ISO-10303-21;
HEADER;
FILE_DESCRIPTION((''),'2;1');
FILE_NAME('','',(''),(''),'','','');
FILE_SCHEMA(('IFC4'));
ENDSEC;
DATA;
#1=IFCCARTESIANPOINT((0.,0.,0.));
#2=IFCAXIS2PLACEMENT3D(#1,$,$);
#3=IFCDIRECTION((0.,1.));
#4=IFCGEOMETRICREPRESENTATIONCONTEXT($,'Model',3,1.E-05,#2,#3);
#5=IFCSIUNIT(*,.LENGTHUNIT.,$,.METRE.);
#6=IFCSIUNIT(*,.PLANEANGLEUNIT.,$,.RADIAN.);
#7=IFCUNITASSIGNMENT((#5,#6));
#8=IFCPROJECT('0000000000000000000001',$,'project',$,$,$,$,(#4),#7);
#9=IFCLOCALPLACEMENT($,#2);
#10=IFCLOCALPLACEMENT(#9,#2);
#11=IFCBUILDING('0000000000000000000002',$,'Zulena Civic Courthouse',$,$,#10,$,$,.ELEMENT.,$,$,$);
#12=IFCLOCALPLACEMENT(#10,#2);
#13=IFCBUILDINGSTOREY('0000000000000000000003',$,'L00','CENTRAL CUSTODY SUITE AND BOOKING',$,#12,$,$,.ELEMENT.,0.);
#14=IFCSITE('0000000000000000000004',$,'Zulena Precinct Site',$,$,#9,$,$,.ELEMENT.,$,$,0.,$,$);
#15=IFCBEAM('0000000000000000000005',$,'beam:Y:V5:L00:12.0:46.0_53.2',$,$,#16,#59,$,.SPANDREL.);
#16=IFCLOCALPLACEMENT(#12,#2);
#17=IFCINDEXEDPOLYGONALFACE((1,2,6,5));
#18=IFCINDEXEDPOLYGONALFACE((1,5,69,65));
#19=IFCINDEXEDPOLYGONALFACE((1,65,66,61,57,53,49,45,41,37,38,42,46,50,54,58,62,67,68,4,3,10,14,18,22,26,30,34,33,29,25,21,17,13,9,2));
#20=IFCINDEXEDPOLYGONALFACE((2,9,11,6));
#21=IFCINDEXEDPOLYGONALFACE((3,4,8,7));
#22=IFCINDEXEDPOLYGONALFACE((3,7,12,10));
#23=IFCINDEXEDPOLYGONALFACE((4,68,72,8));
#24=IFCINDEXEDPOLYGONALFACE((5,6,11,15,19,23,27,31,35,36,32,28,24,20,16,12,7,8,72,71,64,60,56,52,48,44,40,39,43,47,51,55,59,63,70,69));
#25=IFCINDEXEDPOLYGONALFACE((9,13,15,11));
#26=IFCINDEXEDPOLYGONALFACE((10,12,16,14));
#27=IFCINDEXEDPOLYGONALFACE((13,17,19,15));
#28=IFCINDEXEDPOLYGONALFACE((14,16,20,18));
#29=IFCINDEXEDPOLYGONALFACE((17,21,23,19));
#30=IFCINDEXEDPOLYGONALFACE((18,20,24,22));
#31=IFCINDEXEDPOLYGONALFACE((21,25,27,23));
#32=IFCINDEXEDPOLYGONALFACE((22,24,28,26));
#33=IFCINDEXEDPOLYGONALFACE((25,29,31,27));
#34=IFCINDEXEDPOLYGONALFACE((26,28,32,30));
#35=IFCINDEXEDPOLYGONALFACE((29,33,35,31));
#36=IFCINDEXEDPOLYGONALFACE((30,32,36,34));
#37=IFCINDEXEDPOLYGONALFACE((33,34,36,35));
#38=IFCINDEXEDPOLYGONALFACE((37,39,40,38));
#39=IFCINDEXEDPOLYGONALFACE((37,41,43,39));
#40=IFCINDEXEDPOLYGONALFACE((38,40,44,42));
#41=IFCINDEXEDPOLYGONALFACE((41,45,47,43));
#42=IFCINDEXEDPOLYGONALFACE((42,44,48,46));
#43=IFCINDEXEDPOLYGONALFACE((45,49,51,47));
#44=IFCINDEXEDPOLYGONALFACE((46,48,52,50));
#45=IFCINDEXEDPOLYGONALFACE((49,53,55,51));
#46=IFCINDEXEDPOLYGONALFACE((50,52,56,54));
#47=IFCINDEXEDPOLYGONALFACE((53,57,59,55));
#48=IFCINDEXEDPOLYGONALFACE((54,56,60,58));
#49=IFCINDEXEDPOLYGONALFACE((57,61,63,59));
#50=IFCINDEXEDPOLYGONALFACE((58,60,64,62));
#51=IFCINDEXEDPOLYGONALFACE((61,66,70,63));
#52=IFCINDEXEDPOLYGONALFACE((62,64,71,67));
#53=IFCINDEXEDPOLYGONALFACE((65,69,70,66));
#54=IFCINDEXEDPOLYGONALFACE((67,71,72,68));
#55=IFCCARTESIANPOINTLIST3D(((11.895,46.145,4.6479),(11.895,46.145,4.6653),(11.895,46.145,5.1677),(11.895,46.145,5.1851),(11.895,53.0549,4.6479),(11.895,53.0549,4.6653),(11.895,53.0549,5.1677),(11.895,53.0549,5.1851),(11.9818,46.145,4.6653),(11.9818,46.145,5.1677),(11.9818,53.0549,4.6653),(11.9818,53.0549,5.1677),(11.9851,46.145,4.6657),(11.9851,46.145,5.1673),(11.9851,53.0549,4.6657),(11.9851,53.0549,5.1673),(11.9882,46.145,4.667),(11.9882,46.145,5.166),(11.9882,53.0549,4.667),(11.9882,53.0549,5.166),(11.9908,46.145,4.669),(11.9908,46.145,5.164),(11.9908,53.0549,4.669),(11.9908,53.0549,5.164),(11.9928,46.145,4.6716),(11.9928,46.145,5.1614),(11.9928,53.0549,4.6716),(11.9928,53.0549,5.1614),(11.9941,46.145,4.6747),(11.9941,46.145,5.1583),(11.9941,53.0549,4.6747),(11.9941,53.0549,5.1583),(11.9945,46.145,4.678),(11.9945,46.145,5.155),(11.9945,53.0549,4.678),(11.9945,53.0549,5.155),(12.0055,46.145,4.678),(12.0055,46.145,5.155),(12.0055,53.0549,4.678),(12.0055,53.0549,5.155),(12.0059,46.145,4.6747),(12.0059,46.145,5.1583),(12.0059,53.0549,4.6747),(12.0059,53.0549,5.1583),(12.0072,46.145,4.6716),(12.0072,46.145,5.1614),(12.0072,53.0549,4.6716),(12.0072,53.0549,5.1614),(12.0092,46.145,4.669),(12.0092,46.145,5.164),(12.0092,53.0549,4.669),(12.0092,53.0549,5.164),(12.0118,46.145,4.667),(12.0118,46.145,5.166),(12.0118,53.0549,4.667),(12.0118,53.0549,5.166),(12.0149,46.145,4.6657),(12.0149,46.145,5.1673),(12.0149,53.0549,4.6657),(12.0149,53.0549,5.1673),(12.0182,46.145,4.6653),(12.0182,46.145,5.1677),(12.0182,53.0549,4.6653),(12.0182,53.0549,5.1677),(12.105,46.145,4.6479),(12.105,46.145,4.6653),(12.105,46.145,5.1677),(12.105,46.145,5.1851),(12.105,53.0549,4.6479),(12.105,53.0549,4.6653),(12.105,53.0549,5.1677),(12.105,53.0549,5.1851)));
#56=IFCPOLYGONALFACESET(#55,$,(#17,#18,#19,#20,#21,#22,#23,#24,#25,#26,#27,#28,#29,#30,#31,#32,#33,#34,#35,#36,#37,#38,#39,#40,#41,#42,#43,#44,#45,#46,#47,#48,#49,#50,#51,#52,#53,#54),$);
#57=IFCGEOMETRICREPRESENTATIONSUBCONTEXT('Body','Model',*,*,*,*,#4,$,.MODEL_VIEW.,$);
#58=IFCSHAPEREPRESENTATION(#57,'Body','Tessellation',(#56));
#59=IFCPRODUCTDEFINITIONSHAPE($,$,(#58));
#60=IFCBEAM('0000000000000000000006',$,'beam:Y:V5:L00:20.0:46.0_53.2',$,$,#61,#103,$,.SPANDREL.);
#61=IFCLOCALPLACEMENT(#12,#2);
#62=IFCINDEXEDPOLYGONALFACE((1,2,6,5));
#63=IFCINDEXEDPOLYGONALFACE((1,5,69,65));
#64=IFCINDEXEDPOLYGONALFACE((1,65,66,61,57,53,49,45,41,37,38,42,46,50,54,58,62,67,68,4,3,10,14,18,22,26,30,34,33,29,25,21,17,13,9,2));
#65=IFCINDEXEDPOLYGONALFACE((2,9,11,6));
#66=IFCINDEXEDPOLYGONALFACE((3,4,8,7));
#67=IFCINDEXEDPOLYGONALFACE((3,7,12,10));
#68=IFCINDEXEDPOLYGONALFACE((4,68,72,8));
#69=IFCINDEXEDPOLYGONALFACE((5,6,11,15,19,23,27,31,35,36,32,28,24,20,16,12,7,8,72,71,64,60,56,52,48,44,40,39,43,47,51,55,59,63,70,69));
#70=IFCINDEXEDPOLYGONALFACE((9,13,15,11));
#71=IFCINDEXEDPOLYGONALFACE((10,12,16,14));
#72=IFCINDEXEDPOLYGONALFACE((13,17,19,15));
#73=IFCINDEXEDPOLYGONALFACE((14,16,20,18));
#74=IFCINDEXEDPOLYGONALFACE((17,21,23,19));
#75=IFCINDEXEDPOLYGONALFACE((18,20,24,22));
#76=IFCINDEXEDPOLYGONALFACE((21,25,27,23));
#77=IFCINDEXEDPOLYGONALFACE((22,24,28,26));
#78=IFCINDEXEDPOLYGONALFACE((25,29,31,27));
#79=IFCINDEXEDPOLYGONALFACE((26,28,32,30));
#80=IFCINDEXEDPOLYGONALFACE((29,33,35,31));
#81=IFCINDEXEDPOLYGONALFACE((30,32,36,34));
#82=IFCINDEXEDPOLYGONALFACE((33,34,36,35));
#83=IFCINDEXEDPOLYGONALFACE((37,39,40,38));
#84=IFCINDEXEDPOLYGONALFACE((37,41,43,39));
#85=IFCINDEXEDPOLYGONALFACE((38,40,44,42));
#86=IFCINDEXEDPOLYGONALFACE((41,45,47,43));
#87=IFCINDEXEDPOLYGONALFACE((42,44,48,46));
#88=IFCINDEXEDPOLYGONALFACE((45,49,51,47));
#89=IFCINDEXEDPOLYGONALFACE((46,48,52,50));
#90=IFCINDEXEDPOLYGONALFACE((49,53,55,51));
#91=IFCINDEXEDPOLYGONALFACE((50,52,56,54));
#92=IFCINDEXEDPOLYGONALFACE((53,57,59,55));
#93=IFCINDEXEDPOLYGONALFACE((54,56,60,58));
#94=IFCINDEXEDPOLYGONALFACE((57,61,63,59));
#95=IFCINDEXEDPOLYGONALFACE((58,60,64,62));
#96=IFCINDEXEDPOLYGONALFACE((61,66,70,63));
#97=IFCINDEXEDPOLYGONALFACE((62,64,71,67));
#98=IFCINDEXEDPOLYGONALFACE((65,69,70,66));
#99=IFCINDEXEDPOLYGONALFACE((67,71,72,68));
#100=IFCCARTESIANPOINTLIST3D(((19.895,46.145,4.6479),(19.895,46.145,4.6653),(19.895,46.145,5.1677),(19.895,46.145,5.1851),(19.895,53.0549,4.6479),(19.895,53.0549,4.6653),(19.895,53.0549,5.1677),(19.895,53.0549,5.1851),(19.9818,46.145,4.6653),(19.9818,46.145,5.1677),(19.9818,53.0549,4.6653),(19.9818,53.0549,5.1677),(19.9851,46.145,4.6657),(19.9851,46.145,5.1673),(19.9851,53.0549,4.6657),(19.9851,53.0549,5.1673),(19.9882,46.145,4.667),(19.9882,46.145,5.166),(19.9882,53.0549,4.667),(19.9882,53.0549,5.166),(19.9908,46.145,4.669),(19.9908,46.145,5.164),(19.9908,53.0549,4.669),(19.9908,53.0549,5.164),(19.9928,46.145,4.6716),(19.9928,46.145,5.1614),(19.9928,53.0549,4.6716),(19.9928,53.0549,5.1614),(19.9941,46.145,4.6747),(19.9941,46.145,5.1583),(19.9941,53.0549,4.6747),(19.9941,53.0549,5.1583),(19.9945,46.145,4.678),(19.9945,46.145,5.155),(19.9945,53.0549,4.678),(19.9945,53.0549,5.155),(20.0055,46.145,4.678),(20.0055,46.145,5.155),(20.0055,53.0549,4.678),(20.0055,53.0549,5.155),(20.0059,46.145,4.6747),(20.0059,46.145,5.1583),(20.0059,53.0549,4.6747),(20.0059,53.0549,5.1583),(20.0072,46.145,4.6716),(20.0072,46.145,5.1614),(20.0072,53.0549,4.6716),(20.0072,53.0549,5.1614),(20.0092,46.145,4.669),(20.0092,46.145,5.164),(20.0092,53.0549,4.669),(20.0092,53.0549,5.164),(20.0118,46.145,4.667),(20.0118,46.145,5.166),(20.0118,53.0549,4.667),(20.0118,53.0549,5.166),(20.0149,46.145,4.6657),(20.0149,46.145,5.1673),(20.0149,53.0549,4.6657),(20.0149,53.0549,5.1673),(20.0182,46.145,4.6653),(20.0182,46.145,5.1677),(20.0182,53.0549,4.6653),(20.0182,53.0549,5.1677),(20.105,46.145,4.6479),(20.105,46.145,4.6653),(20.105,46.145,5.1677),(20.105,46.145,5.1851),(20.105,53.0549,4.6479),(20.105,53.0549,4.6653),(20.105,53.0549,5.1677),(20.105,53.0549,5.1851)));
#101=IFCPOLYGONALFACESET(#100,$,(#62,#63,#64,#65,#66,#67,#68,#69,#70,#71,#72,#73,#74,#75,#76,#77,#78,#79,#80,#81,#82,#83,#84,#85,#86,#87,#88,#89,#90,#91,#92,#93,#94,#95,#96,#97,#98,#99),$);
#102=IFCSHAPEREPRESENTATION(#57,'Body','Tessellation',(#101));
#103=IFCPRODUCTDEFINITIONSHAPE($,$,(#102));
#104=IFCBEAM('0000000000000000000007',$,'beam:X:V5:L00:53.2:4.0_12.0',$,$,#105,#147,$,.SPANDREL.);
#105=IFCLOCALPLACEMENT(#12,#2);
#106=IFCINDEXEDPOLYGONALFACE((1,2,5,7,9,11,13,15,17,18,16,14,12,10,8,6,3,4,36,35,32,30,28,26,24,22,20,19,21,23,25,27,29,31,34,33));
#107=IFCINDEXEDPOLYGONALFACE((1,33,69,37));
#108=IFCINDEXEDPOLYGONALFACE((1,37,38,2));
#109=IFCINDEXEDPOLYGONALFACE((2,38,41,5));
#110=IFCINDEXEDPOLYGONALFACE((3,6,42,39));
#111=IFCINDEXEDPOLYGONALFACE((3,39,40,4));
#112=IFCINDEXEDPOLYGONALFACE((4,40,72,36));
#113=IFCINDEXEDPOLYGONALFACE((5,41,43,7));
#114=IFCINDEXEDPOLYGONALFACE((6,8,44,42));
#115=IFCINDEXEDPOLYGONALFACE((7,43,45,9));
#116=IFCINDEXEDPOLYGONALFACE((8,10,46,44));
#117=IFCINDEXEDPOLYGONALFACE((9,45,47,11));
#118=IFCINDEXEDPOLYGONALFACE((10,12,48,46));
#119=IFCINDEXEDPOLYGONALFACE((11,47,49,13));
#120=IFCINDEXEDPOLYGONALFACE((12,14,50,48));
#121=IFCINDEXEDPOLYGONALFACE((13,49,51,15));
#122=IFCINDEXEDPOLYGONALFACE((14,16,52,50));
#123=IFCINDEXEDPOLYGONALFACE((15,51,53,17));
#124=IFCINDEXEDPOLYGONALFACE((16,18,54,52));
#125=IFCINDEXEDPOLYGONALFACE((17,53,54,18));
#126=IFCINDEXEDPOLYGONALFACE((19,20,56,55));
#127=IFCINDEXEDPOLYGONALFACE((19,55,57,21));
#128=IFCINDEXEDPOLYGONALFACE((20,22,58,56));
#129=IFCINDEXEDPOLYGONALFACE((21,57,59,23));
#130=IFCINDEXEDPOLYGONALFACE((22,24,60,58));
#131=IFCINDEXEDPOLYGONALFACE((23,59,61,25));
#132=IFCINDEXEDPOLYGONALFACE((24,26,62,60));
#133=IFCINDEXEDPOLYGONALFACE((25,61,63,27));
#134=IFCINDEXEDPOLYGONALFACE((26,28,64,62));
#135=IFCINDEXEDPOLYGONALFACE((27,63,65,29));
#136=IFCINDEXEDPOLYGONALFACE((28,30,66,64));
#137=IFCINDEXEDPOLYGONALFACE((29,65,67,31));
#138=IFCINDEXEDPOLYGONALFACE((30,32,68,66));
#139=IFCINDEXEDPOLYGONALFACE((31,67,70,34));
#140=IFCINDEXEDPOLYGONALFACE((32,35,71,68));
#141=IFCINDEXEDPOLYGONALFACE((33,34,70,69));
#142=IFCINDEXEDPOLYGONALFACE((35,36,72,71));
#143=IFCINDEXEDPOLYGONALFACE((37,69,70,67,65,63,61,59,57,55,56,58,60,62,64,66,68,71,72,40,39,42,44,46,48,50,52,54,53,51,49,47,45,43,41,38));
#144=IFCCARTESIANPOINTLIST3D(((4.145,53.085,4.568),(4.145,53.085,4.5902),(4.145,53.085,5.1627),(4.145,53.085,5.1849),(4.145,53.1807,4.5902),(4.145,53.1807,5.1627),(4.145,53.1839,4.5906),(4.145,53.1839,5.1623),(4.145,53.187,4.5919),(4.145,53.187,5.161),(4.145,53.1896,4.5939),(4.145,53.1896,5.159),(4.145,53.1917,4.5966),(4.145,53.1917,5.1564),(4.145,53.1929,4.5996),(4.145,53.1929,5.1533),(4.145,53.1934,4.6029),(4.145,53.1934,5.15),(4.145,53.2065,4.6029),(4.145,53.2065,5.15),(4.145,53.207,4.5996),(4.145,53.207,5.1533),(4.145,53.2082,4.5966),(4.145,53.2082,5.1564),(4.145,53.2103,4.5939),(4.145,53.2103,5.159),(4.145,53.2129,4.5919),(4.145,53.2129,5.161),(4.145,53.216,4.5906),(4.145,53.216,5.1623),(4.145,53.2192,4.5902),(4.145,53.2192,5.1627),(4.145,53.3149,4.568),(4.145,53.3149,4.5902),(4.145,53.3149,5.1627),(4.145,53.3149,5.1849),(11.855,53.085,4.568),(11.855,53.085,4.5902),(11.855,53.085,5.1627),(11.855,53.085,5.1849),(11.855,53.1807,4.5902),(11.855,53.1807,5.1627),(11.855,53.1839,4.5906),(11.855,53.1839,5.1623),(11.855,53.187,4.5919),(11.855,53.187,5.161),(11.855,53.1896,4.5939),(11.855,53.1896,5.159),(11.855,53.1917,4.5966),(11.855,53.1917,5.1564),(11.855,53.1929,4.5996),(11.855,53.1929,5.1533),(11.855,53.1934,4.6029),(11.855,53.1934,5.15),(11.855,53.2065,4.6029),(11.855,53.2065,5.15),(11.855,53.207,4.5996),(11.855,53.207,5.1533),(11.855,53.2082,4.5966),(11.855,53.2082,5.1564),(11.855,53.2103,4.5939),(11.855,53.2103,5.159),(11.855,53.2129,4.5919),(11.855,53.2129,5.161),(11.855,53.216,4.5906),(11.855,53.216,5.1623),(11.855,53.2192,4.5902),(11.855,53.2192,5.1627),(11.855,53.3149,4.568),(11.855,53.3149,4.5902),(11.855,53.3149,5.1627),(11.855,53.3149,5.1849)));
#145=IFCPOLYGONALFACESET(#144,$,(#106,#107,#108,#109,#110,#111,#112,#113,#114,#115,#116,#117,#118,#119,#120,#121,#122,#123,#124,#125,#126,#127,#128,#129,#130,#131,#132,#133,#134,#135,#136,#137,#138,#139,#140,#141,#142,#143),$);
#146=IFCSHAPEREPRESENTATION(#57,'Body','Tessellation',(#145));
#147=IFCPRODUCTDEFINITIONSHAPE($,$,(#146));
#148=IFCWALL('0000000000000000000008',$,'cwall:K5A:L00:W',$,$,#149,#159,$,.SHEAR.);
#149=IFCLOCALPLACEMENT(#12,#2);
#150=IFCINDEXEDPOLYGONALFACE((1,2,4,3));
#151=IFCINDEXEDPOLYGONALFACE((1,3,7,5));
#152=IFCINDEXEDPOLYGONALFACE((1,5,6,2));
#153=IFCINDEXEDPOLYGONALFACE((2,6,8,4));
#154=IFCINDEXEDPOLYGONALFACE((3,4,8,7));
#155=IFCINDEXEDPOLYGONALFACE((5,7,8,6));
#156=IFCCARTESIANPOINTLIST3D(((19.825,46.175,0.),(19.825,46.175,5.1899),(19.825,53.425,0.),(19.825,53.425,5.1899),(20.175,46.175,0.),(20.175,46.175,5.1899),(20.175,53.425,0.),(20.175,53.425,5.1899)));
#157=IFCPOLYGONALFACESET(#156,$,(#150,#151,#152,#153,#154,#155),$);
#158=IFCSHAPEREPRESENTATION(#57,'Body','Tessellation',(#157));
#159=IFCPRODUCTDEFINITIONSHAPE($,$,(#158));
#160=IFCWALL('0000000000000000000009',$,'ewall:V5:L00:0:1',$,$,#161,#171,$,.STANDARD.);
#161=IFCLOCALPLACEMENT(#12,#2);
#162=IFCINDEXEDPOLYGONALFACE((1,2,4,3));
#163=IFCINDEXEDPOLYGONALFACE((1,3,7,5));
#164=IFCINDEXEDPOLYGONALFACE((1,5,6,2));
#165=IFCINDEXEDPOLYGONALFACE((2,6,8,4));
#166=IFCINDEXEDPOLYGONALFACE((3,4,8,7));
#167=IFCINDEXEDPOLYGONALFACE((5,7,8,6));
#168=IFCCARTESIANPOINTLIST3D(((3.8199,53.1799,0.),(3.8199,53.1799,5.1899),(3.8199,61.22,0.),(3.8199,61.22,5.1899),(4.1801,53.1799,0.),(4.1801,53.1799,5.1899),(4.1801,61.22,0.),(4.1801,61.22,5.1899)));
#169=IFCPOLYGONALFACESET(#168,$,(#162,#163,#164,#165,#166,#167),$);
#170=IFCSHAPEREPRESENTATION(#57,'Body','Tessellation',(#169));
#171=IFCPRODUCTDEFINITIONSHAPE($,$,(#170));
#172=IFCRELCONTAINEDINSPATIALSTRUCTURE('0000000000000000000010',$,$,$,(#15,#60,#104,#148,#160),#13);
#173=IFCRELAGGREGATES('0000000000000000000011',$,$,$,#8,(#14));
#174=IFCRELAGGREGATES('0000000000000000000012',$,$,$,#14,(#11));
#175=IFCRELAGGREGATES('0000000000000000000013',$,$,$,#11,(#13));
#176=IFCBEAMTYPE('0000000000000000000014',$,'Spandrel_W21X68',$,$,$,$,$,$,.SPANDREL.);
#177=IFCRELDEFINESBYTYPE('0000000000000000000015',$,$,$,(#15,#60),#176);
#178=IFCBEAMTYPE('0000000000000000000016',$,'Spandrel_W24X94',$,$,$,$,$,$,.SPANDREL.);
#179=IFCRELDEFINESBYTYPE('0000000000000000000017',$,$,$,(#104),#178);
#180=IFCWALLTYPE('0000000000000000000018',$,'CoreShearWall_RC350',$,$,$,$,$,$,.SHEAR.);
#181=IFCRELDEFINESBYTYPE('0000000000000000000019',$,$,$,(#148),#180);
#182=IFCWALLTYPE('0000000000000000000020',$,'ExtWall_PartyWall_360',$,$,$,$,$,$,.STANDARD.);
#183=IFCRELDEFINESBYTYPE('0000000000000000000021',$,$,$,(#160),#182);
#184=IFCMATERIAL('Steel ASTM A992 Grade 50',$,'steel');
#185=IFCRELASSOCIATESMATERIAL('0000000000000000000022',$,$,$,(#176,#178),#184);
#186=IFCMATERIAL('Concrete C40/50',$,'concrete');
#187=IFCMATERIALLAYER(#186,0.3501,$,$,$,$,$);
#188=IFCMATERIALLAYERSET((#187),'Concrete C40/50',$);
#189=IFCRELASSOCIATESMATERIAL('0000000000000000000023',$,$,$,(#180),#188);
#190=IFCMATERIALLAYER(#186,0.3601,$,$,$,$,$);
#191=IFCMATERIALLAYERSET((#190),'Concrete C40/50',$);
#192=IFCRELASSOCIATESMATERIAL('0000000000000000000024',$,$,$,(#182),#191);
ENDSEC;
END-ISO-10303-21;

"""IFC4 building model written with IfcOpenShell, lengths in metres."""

from ifc_helpers import new_model, si_unit, direction, frame, frame_2d, origin, origin_2d, place, context, subcontext, project, spatial, rectangle, i_section, extrude, material, layer, layer_set, material_profile, profile_set, type_object, element, save


model = new_model("IFC4")

# Units and contexts
model_context = context("Model", 3, precision=1e-05, world=origin(), true_north=direction((0.0, 1.0)))
body_context = subcontext(model_context, "Body", "Model", "MODEL_VIEW")
ifc_project = project(units=[si_unit("LENGTHUNIT", "METRE"), si_unit("PLANEANGLEUNIT", "RADIAN")], contexts=[model_context])

# Site, building, storey
site_placement = place(None, origin())
site = spatial("IfcSite", under=ifc_project, at=site_placement, Name="Zulena Precinct Site", CompositionType="ELEMENT", RefElevation=0.0)
building_placement = place(site_placement, origin())
building = spatial("IfcBuilding", under=site, at=building_placement, Name="Zulena Civic Courthouse", CompositionType="ELEMENT")
storey_placement = place(building_placement, origin())
storey = spatial("IfcBuildingStorey", under=building, at=storey_placement, Name="L00", Description="CENTRAL CUSTODY SUITE AND BOOKING", CompositionType="ELEMENT", Elevation=0.0)

# Shared definitions
ifc_material_1 = material(Name="Steel ASTM A992 Grade 50", Category="steel")

# Beams
ifc_material_profile_1 = material_profile(ifc_material_1, i_section(OverallWidth=0.21, OverallDepth=0.5371, WebThickness=0.011, FlangeThickness=0.0173, FilletRadius=0.0127, at=origin_2d()), Name="W21X68")
ifc_profile_set_1 = profile_set([ifc_material_profile_1], Name="Steel ASTM A992 Grade 50")
beam_type_1 = type_object("IfcBeamType", Name="Spandrel_W21X68", PredefinedType="SPANDREL", material=ifc_profile_set_1)
for number, where, z_axis, x_axis, name in (
    (1, (12.0, 46.145, 4.9165), (0.0, 1.0, 0.0), (-1.0, 0.0, 0.0), "beam:Y:V5:L00:12.0:46.0_53.2"),
    (2, (20.0, 46.145, 4.9165), (0.0, 1.0, 0.0), (-1.0, 0.0, 0.0), "beam:Y:V5:L00:20.0:46.0_53.2"),
):
    element("IfcBeam", number, at=place(storey_placement, frame(where, z_axis=z_axis, x_axis=x_axis)), inside=storey, type_object=beam_type_1, Name=name, PredefinedType="SPANDREL", context=body_context, shape_type="SweptSolid", body=[
        extrude(i_section(OverallWidth=0.21, OverallDepth=0.5371, WebThickness=0.011, FlangeThickness=0.0173, FilletRadius=0.0127, at=origin_2d()), origin(), (0.0, 0.0, 1.0), 6.9099),
    ])
ifc_material_profile_2 = material_profile(ifc_material_1, i_section(OverallWidth=0.23, OverallDepth=0.6169, WebThickness=0.0132, FlangeThickness=0.0222, FilletRadius=0.0127, at=origin_2d()), Name="W24X94")
ifc_profile_set_2 = profile_set([ifc_material_profile_2], Name="Steel ASTM A992 Grade 50")
beam_type_2 = type_object("IfcBeamType", Name="Spandrel_W24X94", PredefinedType="SPANDREL", material=ifc_profile_set_2)
beam_1_placement = place(storey_placement, frame((4.145, 53.2, 4.8765), z_axis=(1.0, 0.0, 0.0), x_axis=(0.0, 1.0, 0.0)))
element("IfcBeam", 3, at=beam_1_placement, inside=storey, type_object=beam_type_2, Name="beam:X:V5:L00:53.2:4.0_12.0", PredefinedType="SPANDREL", context=body_context, shape_type="SweptSolid", body=[
    extrude(i_section(OverallWidth=0.23, OverallDepth=0.6169, WebThickness=0.0132, FlangeThickness=0.0222, FilletRadius=0.0127, at=origin_2d()), origin(), (0.0, 0.0, 1.0), 7.71),
])

# Walls
ifc_material_2 = material(Name="Concrete C40/50", Category="concrete")
ifc_layer_1 = layer(ifc_material_2, 0.3501)
ifc_layer_set_1 = layer_set([ifc_layer_1], Name="Concrete C40/50")
wall_type_1 = type_object("IfcWallType", Name="CoreShearWall_RC350", PredefinedType="SHEAR", material=ifc_layer_set_1)
wall_1_placement = place(storey_placement, frame((20.0, 46.175, 0.0), z_axis=(0.0, 0.0, 1.0), x_axis=(0.0, 1.0, 0.0)))
element("IfcWall", 4, at=wall_1_placement, inside=storey, type_object=wall_type_1, Name="cwall:K5A:L00:W", PredefinedType="SHEAR", context=body_context, shape_type="SweptSolid", body=[
    extrude(rectangle(XDim=7.25, YDim=0.3501, at=frame_2d((3.625, 0.0))), origin(), (0.0, 0.0, 1.0), 5.1899),
])
ifc_layer_2 = layer(ifc_material_2, 0.3601)
ifc_layer_set_2 = layer_set([ifc_layer_2], Name="Concrete C40/50")
wall_type_2 = type_object("IfcWallType", Name="ExtWall_PartyWall_360", PredefinedType="STANDARD", material=ifc_layer_set_2)
wall_2_placement = place(storey_placement, frame((4.0, 53.1799, 0.0), z_axis=(0.0, 0.0, 1.0), x_axis=(0.0, 1.0, 0.0)))
element("IfcWall", 5, at=wall_2_placement, inside=storey, type_object=wall_type_2, Name="ewall:V5:L00:0:1", PredefinedType="STANDARD", context=body_context, shape_type="SweptSolid", body=[
    extrude(rectangle(XDim=8.04, YDim=0.3601, at=frame_2d((4.02, 0.0))), origin(), (0.0, 0.0, 1.0), 5.1899),
])

save(model, "model.ifc")
